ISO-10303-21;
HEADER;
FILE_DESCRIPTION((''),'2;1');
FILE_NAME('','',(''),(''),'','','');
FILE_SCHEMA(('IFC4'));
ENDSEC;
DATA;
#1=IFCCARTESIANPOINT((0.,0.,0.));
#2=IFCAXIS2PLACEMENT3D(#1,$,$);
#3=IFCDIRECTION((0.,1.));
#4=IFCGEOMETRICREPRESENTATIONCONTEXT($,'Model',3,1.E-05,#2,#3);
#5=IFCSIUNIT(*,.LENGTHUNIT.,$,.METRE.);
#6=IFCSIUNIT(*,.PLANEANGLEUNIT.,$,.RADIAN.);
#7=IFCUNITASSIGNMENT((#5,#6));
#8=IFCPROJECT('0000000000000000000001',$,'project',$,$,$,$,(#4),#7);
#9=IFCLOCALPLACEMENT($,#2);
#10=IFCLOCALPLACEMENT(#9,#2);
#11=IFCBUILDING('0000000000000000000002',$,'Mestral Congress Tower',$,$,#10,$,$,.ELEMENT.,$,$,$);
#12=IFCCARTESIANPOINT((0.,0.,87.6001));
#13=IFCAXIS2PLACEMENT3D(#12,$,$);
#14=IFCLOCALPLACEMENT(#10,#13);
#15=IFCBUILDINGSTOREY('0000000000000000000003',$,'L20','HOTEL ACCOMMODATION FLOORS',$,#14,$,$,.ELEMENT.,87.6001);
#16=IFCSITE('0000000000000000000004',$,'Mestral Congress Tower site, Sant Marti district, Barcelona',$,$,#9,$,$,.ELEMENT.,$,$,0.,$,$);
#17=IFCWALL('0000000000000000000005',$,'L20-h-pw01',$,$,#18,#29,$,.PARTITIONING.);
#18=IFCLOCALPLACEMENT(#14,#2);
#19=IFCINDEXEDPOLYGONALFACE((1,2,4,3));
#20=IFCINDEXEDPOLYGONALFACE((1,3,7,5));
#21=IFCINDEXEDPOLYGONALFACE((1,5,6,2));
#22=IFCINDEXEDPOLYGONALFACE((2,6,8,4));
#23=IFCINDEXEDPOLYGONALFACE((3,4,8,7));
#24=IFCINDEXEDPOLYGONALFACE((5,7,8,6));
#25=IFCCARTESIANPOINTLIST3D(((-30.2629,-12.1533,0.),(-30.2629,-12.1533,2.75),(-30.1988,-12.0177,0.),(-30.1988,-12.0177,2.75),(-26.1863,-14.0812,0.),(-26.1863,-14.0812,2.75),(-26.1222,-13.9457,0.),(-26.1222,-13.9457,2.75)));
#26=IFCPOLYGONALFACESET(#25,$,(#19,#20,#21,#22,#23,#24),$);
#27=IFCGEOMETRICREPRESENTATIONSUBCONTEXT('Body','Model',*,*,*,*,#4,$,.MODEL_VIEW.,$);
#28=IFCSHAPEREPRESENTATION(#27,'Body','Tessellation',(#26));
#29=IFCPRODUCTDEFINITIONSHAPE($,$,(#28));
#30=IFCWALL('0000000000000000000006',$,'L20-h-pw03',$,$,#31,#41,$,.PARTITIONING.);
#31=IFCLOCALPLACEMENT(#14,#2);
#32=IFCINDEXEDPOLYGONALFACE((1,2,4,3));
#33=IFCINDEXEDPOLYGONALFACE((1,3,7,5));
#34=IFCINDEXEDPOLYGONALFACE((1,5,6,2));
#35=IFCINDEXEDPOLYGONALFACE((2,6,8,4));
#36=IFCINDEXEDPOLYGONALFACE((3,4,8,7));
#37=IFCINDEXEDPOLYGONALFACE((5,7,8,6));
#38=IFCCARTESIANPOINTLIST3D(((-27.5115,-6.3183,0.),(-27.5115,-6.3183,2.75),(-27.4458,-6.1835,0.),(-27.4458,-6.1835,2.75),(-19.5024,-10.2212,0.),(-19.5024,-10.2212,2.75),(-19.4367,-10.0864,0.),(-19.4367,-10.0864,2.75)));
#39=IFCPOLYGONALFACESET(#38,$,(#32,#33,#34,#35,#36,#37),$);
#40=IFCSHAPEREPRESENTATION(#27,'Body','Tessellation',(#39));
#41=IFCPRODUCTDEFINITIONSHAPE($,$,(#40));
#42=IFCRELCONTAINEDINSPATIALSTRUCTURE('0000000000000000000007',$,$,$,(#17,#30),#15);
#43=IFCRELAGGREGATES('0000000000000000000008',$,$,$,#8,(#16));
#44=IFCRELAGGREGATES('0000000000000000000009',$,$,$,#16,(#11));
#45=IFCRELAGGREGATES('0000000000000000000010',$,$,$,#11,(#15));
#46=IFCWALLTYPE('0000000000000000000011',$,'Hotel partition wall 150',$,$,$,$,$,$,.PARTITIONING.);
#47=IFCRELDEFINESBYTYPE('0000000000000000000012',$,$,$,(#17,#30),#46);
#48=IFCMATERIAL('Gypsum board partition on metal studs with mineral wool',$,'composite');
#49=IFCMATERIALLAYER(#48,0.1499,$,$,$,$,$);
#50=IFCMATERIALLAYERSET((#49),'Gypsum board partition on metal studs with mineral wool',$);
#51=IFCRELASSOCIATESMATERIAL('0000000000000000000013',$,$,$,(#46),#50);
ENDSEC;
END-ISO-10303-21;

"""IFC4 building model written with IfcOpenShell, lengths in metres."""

from ifc_helpers import new_model, si_unit, direction, frame, frame_2d, origin, place, context, subcontext, project, spatial, rectangle, extrude, material, layer, layer_set, type_object, element, save


model = new_model("IFC4")

# Units and contexts
model_context = context("Model", 3, precision=1e-05, world=origin(), true_north=direction((0.0, 1.0)))
body_context = subcontext(model_context, "Body", "Model", "MODEL_VIEW")
ifc_project = project(units=[si_unit("LENGTHUNIT", "METRE"), si_unit("PLANEANGLEUNIT", "RADIAN")], contexts=[model_context])

# Site, building, storey
site_placement = place(None, origin())
site = spatial("IfcSite", under=ifc_project, at=site_placement, Name="Mestral Congress Tower site, Sant Marti district, Barcelona", CompositionType="ELEMENT", RefElevation=0.0)
building_placement = place(site_placement, origin())
building = spatial("IfcBuilding", under=site, at=building_placement, Name="Mestral Congress Tower", CompositionType="ELEMENT")
storey_placement = place(building_placement, frame((0.0, 0.0, 87.6001)))
storey = spatial("IfcBuildingStorey", under=building, at=storey_placement, Name="L20", Description="HOTEL ACCOMMODATION FLOORS", CompositionType="ELEMENT", Elevation=87.6001)

# Walls
ifc_material_1 = material(Name="Gypsum board partition on metal studs with mineral wool", Category="composite")
ifc_layer_1 = layer(ifc_material_1, 0.1499)
ifc_layer_set_1 = layer_set([ifc_layer_1], Name="Gypsum board partition on metal studs with mineral wool")
wall_type_1 = type_object("IfcWallType", Name="Hotel partition wall 150", PredefinedType="PARTITIONING", material=ifc_layer_set_1)
wall_1_placement = place(storey_placement, frame((-30.231, -12.0854, 0.0), z_axis=(0.0, 0.0, 1.0), x_axis=(0.904001, -0.42753, 0.0)))
element("IfcWall", 1, at=wall_1_placement, inside=storey, type_object=wall_type_1, Name="L20-h-pw01", PredefinedType="PARTITIONING", context=body_context, shape_type="SweptSolid", body=[
    extrude(rectangle(XDim=4.5095, YDim=0.1499, at=frame_2d((2.2549, 0.0))), origin(), (0.0, 0.0, 1.0), 2.75),
])
wall_2_placement = place(storey_placement, frame((-27.4785, -6.251, 0.0), z_axis=(0.0, 0.0, 1.0), x_axis=(0.898946, -0.43806, 0.0)))
element("IfcWall", 2, at=wall_2_placement, inside=storey, type_object=wall_type_1, Name="L20-h-pw03", PredefinedType="PARTITIONING", context=body_context, shape_type="SweptSolid", body=[
    extrude(rectangle(XDim=8.9094, YDim=0.1499, at=frame_2d((4.4546, 0.0))), origin(), (0.0, 0.0, 1.0), 2.75),
])

save(model, "model.ifc")
